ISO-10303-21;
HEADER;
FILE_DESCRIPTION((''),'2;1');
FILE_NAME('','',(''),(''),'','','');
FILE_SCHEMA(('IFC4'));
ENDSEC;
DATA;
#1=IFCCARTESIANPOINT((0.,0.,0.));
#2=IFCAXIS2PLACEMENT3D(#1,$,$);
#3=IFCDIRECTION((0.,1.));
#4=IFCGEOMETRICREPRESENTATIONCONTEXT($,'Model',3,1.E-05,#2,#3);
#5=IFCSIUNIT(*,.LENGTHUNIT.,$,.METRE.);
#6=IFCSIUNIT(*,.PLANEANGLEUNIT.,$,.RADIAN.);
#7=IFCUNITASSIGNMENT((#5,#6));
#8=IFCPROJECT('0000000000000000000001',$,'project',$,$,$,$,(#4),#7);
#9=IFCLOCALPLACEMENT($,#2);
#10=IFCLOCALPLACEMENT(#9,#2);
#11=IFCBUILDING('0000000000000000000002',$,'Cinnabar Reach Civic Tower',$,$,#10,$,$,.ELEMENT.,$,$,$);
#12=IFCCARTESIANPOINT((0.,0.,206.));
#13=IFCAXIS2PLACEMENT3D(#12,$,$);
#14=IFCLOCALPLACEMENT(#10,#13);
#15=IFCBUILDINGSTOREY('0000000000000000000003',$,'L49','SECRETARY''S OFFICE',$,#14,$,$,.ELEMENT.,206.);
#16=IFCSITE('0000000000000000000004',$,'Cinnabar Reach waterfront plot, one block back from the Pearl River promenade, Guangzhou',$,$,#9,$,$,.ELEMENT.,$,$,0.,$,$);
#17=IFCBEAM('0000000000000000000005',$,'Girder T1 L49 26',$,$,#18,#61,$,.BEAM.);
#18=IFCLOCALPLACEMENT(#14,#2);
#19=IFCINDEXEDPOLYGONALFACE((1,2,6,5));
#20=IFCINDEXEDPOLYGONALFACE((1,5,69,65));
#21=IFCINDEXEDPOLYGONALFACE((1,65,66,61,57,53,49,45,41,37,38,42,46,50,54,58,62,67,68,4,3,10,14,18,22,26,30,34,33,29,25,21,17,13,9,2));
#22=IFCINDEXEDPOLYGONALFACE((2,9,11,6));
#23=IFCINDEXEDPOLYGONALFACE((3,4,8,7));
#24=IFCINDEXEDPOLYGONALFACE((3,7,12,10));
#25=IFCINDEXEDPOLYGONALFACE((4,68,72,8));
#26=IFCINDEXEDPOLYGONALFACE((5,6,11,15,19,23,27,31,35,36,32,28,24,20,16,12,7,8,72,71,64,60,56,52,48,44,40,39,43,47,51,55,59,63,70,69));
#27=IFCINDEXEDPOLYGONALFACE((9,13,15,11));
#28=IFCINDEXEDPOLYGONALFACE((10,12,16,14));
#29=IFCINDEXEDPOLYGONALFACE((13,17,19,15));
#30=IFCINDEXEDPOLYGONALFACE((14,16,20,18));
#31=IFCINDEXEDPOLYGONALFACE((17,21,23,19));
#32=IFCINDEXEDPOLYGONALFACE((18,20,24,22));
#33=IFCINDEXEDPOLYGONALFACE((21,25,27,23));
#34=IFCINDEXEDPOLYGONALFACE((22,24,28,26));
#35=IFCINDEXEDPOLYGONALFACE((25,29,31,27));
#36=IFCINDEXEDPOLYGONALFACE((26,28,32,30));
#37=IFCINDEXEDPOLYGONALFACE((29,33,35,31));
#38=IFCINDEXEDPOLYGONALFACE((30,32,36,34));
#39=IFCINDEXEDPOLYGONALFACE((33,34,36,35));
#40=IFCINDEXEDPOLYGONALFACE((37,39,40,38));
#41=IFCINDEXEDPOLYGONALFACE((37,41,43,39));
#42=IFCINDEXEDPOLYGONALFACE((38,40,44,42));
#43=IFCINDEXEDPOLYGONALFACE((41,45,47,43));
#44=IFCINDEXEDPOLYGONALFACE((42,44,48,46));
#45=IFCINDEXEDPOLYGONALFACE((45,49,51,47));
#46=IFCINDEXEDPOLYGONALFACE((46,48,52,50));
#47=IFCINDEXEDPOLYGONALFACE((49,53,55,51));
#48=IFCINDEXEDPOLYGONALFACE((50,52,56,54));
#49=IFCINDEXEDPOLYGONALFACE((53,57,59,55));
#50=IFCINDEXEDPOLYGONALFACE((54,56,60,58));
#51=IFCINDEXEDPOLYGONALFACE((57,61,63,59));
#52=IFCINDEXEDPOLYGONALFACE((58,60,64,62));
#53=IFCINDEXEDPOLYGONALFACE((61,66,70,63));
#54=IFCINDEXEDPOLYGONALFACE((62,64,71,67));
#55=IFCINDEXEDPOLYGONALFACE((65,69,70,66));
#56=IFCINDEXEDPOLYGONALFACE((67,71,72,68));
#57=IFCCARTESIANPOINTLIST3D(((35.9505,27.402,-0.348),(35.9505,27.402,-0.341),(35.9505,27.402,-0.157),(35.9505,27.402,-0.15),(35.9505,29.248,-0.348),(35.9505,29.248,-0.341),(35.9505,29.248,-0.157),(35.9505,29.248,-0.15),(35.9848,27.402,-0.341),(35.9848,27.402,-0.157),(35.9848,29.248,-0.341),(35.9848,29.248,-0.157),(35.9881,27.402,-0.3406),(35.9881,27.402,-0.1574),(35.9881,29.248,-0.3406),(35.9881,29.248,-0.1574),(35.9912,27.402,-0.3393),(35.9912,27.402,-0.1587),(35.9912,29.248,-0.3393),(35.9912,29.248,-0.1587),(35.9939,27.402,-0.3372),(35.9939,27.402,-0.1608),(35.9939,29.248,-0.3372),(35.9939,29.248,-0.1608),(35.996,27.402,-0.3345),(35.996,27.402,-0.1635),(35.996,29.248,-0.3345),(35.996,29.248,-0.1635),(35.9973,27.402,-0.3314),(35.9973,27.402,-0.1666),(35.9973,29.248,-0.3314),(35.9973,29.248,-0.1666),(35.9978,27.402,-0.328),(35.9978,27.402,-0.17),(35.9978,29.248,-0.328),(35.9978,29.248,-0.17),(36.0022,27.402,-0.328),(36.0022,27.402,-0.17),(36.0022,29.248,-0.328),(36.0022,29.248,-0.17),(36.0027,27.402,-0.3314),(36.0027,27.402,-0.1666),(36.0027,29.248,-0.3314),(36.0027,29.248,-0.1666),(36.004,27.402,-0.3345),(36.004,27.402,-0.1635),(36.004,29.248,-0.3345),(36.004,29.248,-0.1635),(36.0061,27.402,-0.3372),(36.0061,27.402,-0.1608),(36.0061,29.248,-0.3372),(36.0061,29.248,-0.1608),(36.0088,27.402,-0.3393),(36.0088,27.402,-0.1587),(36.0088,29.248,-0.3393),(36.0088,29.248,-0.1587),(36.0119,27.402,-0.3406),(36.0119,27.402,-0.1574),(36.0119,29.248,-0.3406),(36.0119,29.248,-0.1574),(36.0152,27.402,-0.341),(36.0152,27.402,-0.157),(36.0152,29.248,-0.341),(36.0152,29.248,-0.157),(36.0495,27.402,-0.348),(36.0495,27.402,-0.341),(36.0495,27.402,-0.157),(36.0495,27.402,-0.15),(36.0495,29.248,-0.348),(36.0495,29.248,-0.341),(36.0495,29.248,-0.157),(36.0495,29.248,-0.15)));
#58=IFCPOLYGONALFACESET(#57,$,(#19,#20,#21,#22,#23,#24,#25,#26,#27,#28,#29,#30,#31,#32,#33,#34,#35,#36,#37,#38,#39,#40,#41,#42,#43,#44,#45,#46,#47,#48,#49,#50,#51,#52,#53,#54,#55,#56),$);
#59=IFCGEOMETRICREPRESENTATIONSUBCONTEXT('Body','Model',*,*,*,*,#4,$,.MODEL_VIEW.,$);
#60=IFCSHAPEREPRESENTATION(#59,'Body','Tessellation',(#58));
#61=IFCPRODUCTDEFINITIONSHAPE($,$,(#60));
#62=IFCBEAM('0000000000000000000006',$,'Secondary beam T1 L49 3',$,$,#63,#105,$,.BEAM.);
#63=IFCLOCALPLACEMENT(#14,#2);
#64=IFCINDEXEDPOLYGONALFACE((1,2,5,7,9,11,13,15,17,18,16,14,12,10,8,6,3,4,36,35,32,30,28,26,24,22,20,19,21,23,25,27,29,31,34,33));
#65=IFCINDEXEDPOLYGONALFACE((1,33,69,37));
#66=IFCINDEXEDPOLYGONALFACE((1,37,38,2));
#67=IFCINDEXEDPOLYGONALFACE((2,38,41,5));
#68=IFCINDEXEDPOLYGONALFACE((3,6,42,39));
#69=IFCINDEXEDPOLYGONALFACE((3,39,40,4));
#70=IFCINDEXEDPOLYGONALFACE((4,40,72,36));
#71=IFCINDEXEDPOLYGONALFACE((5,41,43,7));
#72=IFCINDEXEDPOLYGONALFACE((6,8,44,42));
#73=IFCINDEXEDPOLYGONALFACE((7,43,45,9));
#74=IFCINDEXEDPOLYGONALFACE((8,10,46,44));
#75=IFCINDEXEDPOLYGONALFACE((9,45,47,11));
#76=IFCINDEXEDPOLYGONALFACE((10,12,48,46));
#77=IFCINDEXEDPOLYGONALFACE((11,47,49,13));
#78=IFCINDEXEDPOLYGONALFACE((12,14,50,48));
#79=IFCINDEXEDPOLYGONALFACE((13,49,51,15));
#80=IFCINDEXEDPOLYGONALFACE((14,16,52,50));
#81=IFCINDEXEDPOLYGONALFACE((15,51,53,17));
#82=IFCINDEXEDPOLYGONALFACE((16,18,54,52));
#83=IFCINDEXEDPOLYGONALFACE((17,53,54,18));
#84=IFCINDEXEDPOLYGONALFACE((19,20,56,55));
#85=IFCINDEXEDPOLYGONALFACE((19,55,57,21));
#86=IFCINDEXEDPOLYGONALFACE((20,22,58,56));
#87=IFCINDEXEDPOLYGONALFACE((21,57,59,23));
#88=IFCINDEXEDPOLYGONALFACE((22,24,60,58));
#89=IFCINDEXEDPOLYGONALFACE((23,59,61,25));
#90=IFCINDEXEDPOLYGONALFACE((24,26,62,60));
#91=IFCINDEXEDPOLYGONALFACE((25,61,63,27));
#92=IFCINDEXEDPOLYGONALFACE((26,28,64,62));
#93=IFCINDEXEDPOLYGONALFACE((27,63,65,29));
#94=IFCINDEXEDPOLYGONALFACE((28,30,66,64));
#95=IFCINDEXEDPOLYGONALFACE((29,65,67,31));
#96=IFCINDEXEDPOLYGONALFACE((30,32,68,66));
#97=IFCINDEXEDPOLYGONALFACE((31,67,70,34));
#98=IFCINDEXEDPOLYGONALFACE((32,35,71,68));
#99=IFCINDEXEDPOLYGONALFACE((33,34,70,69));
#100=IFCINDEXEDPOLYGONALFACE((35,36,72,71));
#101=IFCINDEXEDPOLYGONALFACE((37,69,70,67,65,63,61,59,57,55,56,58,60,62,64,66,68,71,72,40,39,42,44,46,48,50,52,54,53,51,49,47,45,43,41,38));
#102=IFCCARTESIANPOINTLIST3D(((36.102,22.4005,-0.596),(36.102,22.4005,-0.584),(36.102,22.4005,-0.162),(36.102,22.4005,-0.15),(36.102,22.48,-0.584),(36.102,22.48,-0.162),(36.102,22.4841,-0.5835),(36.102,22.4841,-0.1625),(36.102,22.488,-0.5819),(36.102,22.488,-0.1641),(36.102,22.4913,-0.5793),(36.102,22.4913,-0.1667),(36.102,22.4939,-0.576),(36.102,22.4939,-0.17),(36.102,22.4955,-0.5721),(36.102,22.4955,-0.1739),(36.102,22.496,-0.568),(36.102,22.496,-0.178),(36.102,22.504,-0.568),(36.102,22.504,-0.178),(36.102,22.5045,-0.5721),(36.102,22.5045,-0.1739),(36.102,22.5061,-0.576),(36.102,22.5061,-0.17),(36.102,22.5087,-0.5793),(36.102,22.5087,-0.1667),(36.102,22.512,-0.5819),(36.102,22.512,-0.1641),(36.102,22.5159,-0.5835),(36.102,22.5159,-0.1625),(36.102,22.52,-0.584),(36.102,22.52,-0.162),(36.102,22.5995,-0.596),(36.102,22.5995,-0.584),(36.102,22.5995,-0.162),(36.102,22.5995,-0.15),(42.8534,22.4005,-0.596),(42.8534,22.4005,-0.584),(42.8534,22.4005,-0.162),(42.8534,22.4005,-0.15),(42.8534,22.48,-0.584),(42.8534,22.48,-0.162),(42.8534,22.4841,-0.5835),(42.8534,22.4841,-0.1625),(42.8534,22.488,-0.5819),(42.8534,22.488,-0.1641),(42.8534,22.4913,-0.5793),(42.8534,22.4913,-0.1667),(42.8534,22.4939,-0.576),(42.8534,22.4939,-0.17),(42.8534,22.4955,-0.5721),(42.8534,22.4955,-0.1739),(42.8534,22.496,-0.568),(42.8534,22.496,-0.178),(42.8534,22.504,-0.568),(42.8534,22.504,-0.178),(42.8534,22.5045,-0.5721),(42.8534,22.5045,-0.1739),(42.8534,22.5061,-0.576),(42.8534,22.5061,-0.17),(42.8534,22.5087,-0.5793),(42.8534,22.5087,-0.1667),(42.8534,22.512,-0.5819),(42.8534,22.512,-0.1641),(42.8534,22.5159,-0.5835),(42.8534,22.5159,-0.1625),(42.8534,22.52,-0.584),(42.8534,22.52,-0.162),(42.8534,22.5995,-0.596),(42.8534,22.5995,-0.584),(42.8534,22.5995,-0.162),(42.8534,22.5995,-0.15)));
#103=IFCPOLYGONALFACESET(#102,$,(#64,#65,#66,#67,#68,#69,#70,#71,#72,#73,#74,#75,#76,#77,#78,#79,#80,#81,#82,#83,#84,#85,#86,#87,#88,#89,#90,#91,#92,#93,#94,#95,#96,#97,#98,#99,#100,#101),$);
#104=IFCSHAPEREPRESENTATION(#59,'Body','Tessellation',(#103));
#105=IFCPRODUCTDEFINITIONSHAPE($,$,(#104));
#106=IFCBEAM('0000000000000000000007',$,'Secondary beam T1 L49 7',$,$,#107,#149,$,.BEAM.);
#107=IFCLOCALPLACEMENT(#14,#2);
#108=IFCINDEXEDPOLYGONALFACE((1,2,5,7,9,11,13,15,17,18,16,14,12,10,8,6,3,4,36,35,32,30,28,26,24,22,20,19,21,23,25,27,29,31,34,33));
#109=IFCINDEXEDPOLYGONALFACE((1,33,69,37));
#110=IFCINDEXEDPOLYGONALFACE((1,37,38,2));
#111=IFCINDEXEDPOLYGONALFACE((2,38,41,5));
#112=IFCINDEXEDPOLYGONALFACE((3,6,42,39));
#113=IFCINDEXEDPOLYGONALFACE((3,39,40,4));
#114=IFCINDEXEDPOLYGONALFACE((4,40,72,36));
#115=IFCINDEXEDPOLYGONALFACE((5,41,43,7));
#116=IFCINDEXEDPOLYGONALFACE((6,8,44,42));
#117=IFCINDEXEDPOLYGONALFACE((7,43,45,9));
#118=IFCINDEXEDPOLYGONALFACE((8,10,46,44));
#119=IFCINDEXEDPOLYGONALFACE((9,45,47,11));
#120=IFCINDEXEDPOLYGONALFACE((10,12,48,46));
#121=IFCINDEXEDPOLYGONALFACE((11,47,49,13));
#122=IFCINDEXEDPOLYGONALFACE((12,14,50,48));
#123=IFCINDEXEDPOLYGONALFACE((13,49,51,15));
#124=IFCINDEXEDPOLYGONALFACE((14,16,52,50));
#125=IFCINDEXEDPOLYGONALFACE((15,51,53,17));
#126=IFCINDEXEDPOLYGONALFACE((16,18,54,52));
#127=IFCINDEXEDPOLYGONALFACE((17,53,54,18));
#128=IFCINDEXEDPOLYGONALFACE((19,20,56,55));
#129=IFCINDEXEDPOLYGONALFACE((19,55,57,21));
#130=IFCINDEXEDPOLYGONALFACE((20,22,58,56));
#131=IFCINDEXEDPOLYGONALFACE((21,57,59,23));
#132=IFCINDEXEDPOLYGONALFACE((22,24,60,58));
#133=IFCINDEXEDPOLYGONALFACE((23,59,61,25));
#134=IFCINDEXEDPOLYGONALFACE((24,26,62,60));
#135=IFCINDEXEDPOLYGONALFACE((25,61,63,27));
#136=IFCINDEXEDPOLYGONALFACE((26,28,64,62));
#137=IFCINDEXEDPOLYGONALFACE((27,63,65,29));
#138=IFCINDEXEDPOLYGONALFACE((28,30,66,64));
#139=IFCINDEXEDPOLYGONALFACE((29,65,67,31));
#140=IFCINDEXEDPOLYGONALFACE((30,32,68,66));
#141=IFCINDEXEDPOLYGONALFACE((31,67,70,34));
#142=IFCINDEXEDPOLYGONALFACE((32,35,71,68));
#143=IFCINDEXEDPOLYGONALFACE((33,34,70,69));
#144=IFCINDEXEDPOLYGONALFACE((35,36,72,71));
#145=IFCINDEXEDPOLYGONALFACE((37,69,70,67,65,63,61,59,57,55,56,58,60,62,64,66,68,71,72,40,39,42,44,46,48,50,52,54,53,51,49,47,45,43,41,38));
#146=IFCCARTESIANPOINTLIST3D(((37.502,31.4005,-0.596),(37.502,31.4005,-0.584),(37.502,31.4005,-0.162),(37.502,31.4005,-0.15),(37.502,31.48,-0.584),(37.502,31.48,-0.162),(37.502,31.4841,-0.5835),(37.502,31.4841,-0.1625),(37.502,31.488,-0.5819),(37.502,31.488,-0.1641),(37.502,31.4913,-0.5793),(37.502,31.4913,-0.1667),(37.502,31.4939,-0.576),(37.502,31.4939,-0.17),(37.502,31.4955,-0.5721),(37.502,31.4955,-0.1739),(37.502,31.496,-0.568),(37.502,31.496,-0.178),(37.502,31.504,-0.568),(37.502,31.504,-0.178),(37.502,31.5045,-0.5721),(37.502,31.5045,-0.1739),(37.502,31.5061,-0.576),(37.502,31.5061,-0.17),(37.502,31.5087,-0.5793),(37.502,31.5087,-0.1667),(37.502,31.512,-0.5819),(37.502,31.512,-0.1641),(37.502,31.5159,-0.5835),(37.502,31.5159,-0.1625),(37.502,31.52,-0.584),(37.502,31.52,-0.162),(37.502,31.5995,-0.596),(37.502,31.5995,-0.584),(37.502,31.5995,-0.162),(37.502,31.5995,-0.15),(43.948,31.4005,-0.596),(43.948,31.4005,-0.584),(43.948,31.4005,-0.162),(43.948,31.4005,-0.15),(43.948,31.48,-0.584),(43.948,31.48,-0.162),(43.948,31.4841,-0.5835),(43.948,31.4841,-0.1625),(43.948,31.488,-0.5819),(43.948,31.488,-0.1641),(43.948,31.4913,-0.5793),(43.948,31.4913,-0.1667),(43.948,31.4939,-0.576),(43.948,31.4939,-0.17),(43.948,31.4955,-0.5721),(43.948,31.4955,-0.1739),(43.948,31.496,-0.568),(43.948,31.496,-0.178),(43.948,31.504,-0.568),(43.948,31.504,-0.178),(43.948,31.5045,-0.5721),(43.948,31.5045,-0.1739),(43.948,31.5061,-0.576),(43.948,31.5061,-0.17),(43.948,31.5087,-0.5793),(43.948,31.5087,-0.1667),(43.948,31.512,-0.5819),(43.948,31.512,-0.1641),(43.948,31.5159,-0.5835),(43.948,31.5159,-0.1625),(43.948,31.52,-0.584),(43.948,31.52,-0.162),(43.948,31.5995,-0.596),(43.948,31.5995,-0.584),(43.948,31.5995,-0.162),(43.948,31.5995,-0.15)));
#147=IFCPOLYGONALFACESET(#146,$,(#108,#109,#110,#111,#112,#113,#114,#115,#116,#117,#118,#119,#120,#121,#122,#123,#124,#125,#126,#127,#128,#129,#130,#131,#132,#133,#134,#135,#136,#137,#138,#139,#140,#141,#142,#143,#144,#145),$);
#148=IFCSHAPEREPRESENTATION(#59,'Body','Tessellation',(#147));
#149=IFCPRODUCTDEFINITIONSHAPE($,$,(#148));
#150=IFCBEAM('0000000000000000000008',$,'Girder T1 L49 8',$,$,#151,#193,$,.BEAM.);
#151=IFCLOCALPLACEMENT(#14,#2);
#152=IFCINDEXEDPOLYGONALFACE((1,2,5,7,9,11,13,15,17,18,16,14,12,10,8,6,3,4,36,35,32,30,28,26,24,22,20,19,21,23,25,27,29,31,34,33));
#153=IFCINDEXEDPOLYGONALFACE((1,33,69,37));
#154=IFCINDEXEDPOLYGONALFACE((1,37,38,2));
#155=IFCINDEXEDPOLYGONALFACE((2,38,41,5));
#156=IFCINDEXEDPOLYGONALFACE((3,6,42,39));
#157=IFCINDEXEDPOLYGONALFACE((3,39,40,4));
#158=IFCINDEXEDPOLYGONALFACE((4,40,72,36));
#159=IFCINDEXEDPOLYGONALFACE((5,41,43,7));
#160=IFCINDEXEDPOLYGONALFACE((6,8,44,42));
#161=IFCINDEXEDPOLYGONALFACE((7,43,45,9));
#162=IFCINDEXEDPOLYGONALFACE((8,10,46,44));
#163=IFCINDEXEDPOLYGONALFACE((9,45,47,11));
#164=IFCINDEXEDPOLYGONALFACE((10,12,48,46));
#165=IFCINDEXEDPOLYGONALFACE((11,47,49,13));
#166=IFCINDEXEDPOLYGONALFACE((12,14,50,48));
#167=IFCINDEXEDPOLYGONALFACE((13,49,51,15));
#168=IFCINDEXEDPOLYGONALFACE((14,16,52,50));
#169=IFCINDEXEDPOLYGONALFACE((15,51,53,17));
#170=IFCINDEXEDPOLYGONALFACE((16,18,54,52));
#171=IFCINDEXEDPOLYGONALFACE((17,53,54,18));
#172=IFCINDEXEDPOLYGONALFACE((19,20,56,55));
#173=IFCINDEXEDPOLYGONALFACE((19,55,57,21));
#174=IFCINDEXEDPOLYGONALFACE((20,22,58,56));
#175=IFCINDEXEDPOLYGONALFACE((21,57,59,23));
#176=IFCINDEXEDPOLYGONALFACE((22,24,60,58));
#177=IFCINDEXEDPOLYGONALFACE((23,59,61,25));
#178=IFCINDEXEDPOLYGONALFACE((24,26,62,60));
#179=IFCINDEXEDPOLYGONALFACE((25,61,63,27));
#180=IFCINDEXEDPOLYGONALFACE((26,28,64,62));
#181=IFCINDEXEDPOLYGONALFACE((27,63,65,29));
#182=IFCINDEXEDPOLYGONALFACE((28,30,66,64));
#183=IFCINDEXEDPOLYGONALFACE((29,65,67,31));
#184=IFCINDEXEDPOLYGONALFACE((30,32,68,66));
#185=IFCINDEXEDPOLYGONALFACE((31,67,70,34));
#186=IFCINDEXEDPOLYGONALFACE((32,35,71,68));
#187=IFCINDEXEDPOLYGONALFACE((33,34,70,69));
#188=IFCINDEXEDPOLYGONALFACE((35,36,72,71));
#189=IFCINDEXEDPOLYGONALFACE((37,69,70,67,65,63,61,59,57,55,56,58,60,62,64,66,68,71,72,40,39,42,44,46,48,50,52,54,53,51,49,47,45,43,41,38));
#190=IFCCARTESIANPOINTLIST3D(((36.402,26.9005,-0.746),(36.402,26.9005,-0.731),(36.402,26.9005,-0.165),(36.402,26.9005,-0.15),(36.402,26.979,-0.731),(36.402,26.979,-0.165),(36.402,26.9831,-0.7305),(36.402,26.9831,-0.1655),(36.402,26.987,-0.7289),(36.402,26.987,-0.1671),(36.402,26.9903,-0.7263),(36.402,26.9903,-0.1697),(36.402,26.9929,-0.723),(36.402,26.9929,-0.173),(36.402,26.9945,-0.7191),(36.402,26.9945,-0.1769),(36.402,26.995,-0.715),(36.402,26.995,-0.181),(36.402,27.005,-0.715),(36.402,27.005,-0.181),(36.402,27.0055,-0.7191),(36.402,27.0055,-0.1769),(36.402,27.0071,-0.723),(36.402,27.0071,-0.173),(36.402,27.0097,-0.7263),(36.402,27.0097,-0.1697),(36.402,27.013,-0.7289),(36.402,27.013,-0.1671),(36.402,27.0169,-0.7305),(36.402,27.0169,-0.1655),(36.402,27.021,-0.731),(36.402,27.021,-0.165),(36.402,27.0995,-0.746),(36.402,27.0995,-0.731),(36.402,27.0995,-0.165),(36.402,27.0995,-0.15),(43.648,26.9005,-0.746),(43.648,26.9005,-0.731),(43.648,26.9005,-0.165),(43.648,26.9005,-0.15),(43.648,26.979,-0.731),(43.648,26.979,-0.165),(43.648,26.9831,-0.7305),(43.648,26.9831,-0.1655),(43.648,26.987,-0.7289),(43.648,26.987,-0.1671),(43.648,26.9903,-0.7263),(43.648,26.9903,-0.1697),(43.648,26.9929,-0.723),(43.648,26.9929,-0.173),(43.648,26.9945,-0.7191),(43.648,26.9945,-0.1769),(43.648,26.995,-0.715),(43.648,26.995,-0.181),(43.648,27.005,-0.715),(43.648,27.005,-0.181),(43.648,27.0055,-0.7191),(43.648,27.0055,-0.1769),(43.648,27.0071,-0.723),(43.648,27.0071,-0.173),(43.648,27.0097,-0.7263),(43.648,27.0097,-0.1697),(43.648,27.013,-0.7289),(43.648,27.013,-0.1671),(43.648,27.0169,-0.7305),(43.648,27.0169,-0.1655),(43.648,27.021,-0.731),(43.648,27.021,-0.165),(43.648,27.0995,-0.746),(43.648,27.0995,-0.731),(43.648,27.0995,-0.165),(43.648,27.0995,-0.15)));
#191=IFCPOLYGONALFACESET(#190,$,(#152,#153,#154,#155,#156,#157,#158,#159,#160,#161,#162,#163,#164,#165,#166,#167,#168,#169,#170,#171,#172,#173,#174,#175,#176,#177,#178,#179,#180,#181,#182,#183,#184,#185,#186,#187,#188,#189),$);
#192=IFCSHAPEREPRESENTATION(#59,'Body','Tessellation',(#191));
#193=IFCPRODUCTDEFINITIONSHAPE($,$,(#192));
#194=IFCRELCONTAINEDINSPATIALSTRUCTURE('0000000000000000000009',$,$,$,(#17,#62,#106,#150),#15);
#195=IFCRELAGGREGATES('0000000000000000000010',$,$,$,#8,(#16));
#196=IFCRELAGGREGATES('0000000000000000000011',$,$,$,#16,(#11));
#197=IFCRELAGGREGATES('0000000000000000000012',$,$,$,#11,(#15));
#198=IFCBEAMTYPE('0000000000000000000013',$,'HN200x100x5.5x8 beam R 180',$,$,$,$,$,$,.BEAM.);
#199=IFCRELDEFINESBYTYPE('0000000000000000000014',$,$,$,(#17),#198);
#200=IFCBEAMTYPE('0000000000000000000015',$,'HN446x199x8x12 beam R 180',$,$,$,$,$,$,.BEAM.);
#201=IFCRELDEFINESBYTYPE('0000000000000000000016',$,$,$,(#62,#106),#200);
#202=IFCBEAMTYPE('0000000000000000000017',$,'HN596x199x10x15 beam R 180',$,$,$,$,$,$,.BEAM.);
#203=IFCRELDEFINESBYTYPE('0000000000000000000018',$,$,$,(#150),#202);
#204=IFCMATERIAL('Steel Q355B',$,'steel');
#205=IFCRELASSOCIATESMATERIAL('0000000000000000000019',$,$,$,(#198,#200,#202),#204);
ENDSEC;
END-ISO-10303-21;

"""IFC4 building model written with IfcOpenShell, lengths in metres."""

from ifc_helpers import new_model, si_unit, direction, frame, origin, origin_2d, place, context, subcontext, project, spatial, i_section, extrude, material, material_profile, profile_set, type_object, element, save


model = new_model("IFC4")

# Units and contexts
model_context = context("Model", 3, precision=1e-05, world=origin(), true_north=direction((0.0, 1.0)))
body_context = subcontext(model_context, "Body", "Model", "MODEL_VIEW")
ifc_project = project(units=[si_unit("LENGTHUNIT", "METRE"), si_unit("PLANEANGLEUNIT", "RADIAN")], contexts=[model_context])

# Site, building, storey
site_placement = place(None, origin())
site = spatial("IfcSite", under=ifc_project, at=site_placement, Name="Cinnabar Reach waterfront plot, one block back from the Pearl River promenade, Guangzhou", CompositionType="ELEMENT", RefElevation=0.0)
building_placement = place(site_placement, origin())
building = spatial("IfcBuilding", under=site, at=building_placement, Name="Cinnabar Reach Civic Tower", CompositionType="ELEMENT")
storey_placement = place(building_placement, frame((0.0, 0.0, 206.0)))
storey = spatial("IfcBuildingStorey", under=building, at=storey_placement, Name="L49", Description="SECRETARY'S OFFICE", CompositionType="ELEMENT", Elevation=206.0)

# Beams
ifc_material_1 = material(Name="Steel Q355B", Category="steel")
ifc_material_profile_1 = material_profile(ifc_material_1, i_section(OverallWidth=0.099, OverallDepth=0.198, WebThickness=0.0045, FlangeThickness=0.007, FilletRadius=0.013, at=origin_2d()), Name="HN200x100x5.5x8")
ifc_profile_set_1 = profile_set([ifc_material_profile_1], Name="Steel Q355B")
beam_type_1 = type_object("IfcBeamType", Name="HN200x100x5.5x8 beam R 180", PredefinedType="BEAM", material=ifc_profile_set_1)
beam_1_placement = place(storey_placement, frame((36.0, 27.402, -0.249), z_axis=(0.0, 1.0, 0.0), x_axis=(-1.0, 0.0, 0.0)))
element("IfcBeam", 1, at=beam_1_placement, inside=storey, type_object=beam_type_1, Name="Girder T1 L49 26", PredefinedType="BEAM", context=body_context, shape_type="SweptSolid", body=[
    extrude(i_section(OverallWidth=0.099, OverallDepth=0.198, WebThickness=0.0045, FlangeThickness=0.007, FilletRadius=0.013, at=origin_2d()), origin(), (0.0, 0.0, 1.0), 1.846),
])
ifc_material_profile_2 = material_profile(ifc_material_1, i_section(OverallWidth=0.199, OverallDepth=0.446, WebThickness=0.008, FlangeThickness=0.012, FilletRadius=0.016, at=origin_2d()), Name="HN446x199x8x12")
ifc_profile_set_2 = profile_set([ifc_material_profile_2], Name="Steel Q355B")
beam_type_2 = type_object("IfcBeamType", Name="HN446x199x8x12 beam R 180", PredefinedType="BEAM", material=ifc_profile_set_2)
beam_2_placement = place(storey_placement, frame((36.102, 22.5, -0.373), z_axis=(1.0, 0.0, 0.0), x_axis=(0.0, 1.0, 0.0)))
element("IfcBeam", 2, at=beam_2_placement, inside=storey, type_object=beam_type_2, Name="Secondary beam T1 L49 3", PredefinedType="BEAM", context=body_context, shape_type="SweptSolid", body=[
    extrude(i_section(OverallWidth=0.199, OverallDepth=0.446, WebThickness=0.008, FlangeThickness=0.012, FilletRadius=0.016, at=origin_2d()), origin(), (0.0, 0.0, 1.0), 6.7514),
])
beam_3_placement = place(storey_placement, frame((37.502, 31.5, -0.373), z_axis=(1.0, 0.0, 0.0), x_axis=(0.0, 1.0, 0.0)))
element("IfcBeam", 3, at=beam_3_placement, inside=storey, type_object=beam_type_2, Name="Secondary beam T1 L49 7", PredefinedType="BEAM", context=body_context, shape_type="SweptSolid", body=[
    extrude(i_section(OverallWidth=0.199, OverallDepth=0.446, WebThickness=0.008, FlangeThickness=0.012, FilletRadius=0.016, at=origin_2d()), origin(), (0.0, 0.0, 1.0), 6.446),
])
ifc_material_profile_3 = material_profile(ifc_material_1, i_section(OverallWidth=0.199, OverallDepth=0.596, WebThickness=0.01, FlangeThickness=0.015, FilletRadius=0.016, at=origin_2d()), Name="HN596x199x10x15")
ifc_profile_set_3 = profile_set([ifc_material_profile_3], Name="Steel Q355B")
beam_type_3 = type_object("IfcBeamType", Name="HN596x199x10x15 beam R 180", PredefinedType="BEAM", material=ifc_profile_set_3)
beam_4_placement = place(storey_placement, frame((36.402, 27.0, -0.448), z_axis=(1.0, 0.0, 0.0), x_axis=(0.0, 1.0, 0.0)))
element("IfcBeam", 4, at=beam_4_placement, inside=storey, type_object=beam_type_3, Name="Girder T1 L49 8", PredefinedType="BEAM", context=body_context, shape_type="SweptSolid", body=[
    extrude(i_section(OverallWidth=0.199, OverallDepth=0.596, WebThickness=0.01, FlangeThickness=0.015, FilletRadius=0.016, at=origin_2d()), origin(), (0.0, 0.0, 1.0), 7.246),
])

save(model, "model.ifc")
